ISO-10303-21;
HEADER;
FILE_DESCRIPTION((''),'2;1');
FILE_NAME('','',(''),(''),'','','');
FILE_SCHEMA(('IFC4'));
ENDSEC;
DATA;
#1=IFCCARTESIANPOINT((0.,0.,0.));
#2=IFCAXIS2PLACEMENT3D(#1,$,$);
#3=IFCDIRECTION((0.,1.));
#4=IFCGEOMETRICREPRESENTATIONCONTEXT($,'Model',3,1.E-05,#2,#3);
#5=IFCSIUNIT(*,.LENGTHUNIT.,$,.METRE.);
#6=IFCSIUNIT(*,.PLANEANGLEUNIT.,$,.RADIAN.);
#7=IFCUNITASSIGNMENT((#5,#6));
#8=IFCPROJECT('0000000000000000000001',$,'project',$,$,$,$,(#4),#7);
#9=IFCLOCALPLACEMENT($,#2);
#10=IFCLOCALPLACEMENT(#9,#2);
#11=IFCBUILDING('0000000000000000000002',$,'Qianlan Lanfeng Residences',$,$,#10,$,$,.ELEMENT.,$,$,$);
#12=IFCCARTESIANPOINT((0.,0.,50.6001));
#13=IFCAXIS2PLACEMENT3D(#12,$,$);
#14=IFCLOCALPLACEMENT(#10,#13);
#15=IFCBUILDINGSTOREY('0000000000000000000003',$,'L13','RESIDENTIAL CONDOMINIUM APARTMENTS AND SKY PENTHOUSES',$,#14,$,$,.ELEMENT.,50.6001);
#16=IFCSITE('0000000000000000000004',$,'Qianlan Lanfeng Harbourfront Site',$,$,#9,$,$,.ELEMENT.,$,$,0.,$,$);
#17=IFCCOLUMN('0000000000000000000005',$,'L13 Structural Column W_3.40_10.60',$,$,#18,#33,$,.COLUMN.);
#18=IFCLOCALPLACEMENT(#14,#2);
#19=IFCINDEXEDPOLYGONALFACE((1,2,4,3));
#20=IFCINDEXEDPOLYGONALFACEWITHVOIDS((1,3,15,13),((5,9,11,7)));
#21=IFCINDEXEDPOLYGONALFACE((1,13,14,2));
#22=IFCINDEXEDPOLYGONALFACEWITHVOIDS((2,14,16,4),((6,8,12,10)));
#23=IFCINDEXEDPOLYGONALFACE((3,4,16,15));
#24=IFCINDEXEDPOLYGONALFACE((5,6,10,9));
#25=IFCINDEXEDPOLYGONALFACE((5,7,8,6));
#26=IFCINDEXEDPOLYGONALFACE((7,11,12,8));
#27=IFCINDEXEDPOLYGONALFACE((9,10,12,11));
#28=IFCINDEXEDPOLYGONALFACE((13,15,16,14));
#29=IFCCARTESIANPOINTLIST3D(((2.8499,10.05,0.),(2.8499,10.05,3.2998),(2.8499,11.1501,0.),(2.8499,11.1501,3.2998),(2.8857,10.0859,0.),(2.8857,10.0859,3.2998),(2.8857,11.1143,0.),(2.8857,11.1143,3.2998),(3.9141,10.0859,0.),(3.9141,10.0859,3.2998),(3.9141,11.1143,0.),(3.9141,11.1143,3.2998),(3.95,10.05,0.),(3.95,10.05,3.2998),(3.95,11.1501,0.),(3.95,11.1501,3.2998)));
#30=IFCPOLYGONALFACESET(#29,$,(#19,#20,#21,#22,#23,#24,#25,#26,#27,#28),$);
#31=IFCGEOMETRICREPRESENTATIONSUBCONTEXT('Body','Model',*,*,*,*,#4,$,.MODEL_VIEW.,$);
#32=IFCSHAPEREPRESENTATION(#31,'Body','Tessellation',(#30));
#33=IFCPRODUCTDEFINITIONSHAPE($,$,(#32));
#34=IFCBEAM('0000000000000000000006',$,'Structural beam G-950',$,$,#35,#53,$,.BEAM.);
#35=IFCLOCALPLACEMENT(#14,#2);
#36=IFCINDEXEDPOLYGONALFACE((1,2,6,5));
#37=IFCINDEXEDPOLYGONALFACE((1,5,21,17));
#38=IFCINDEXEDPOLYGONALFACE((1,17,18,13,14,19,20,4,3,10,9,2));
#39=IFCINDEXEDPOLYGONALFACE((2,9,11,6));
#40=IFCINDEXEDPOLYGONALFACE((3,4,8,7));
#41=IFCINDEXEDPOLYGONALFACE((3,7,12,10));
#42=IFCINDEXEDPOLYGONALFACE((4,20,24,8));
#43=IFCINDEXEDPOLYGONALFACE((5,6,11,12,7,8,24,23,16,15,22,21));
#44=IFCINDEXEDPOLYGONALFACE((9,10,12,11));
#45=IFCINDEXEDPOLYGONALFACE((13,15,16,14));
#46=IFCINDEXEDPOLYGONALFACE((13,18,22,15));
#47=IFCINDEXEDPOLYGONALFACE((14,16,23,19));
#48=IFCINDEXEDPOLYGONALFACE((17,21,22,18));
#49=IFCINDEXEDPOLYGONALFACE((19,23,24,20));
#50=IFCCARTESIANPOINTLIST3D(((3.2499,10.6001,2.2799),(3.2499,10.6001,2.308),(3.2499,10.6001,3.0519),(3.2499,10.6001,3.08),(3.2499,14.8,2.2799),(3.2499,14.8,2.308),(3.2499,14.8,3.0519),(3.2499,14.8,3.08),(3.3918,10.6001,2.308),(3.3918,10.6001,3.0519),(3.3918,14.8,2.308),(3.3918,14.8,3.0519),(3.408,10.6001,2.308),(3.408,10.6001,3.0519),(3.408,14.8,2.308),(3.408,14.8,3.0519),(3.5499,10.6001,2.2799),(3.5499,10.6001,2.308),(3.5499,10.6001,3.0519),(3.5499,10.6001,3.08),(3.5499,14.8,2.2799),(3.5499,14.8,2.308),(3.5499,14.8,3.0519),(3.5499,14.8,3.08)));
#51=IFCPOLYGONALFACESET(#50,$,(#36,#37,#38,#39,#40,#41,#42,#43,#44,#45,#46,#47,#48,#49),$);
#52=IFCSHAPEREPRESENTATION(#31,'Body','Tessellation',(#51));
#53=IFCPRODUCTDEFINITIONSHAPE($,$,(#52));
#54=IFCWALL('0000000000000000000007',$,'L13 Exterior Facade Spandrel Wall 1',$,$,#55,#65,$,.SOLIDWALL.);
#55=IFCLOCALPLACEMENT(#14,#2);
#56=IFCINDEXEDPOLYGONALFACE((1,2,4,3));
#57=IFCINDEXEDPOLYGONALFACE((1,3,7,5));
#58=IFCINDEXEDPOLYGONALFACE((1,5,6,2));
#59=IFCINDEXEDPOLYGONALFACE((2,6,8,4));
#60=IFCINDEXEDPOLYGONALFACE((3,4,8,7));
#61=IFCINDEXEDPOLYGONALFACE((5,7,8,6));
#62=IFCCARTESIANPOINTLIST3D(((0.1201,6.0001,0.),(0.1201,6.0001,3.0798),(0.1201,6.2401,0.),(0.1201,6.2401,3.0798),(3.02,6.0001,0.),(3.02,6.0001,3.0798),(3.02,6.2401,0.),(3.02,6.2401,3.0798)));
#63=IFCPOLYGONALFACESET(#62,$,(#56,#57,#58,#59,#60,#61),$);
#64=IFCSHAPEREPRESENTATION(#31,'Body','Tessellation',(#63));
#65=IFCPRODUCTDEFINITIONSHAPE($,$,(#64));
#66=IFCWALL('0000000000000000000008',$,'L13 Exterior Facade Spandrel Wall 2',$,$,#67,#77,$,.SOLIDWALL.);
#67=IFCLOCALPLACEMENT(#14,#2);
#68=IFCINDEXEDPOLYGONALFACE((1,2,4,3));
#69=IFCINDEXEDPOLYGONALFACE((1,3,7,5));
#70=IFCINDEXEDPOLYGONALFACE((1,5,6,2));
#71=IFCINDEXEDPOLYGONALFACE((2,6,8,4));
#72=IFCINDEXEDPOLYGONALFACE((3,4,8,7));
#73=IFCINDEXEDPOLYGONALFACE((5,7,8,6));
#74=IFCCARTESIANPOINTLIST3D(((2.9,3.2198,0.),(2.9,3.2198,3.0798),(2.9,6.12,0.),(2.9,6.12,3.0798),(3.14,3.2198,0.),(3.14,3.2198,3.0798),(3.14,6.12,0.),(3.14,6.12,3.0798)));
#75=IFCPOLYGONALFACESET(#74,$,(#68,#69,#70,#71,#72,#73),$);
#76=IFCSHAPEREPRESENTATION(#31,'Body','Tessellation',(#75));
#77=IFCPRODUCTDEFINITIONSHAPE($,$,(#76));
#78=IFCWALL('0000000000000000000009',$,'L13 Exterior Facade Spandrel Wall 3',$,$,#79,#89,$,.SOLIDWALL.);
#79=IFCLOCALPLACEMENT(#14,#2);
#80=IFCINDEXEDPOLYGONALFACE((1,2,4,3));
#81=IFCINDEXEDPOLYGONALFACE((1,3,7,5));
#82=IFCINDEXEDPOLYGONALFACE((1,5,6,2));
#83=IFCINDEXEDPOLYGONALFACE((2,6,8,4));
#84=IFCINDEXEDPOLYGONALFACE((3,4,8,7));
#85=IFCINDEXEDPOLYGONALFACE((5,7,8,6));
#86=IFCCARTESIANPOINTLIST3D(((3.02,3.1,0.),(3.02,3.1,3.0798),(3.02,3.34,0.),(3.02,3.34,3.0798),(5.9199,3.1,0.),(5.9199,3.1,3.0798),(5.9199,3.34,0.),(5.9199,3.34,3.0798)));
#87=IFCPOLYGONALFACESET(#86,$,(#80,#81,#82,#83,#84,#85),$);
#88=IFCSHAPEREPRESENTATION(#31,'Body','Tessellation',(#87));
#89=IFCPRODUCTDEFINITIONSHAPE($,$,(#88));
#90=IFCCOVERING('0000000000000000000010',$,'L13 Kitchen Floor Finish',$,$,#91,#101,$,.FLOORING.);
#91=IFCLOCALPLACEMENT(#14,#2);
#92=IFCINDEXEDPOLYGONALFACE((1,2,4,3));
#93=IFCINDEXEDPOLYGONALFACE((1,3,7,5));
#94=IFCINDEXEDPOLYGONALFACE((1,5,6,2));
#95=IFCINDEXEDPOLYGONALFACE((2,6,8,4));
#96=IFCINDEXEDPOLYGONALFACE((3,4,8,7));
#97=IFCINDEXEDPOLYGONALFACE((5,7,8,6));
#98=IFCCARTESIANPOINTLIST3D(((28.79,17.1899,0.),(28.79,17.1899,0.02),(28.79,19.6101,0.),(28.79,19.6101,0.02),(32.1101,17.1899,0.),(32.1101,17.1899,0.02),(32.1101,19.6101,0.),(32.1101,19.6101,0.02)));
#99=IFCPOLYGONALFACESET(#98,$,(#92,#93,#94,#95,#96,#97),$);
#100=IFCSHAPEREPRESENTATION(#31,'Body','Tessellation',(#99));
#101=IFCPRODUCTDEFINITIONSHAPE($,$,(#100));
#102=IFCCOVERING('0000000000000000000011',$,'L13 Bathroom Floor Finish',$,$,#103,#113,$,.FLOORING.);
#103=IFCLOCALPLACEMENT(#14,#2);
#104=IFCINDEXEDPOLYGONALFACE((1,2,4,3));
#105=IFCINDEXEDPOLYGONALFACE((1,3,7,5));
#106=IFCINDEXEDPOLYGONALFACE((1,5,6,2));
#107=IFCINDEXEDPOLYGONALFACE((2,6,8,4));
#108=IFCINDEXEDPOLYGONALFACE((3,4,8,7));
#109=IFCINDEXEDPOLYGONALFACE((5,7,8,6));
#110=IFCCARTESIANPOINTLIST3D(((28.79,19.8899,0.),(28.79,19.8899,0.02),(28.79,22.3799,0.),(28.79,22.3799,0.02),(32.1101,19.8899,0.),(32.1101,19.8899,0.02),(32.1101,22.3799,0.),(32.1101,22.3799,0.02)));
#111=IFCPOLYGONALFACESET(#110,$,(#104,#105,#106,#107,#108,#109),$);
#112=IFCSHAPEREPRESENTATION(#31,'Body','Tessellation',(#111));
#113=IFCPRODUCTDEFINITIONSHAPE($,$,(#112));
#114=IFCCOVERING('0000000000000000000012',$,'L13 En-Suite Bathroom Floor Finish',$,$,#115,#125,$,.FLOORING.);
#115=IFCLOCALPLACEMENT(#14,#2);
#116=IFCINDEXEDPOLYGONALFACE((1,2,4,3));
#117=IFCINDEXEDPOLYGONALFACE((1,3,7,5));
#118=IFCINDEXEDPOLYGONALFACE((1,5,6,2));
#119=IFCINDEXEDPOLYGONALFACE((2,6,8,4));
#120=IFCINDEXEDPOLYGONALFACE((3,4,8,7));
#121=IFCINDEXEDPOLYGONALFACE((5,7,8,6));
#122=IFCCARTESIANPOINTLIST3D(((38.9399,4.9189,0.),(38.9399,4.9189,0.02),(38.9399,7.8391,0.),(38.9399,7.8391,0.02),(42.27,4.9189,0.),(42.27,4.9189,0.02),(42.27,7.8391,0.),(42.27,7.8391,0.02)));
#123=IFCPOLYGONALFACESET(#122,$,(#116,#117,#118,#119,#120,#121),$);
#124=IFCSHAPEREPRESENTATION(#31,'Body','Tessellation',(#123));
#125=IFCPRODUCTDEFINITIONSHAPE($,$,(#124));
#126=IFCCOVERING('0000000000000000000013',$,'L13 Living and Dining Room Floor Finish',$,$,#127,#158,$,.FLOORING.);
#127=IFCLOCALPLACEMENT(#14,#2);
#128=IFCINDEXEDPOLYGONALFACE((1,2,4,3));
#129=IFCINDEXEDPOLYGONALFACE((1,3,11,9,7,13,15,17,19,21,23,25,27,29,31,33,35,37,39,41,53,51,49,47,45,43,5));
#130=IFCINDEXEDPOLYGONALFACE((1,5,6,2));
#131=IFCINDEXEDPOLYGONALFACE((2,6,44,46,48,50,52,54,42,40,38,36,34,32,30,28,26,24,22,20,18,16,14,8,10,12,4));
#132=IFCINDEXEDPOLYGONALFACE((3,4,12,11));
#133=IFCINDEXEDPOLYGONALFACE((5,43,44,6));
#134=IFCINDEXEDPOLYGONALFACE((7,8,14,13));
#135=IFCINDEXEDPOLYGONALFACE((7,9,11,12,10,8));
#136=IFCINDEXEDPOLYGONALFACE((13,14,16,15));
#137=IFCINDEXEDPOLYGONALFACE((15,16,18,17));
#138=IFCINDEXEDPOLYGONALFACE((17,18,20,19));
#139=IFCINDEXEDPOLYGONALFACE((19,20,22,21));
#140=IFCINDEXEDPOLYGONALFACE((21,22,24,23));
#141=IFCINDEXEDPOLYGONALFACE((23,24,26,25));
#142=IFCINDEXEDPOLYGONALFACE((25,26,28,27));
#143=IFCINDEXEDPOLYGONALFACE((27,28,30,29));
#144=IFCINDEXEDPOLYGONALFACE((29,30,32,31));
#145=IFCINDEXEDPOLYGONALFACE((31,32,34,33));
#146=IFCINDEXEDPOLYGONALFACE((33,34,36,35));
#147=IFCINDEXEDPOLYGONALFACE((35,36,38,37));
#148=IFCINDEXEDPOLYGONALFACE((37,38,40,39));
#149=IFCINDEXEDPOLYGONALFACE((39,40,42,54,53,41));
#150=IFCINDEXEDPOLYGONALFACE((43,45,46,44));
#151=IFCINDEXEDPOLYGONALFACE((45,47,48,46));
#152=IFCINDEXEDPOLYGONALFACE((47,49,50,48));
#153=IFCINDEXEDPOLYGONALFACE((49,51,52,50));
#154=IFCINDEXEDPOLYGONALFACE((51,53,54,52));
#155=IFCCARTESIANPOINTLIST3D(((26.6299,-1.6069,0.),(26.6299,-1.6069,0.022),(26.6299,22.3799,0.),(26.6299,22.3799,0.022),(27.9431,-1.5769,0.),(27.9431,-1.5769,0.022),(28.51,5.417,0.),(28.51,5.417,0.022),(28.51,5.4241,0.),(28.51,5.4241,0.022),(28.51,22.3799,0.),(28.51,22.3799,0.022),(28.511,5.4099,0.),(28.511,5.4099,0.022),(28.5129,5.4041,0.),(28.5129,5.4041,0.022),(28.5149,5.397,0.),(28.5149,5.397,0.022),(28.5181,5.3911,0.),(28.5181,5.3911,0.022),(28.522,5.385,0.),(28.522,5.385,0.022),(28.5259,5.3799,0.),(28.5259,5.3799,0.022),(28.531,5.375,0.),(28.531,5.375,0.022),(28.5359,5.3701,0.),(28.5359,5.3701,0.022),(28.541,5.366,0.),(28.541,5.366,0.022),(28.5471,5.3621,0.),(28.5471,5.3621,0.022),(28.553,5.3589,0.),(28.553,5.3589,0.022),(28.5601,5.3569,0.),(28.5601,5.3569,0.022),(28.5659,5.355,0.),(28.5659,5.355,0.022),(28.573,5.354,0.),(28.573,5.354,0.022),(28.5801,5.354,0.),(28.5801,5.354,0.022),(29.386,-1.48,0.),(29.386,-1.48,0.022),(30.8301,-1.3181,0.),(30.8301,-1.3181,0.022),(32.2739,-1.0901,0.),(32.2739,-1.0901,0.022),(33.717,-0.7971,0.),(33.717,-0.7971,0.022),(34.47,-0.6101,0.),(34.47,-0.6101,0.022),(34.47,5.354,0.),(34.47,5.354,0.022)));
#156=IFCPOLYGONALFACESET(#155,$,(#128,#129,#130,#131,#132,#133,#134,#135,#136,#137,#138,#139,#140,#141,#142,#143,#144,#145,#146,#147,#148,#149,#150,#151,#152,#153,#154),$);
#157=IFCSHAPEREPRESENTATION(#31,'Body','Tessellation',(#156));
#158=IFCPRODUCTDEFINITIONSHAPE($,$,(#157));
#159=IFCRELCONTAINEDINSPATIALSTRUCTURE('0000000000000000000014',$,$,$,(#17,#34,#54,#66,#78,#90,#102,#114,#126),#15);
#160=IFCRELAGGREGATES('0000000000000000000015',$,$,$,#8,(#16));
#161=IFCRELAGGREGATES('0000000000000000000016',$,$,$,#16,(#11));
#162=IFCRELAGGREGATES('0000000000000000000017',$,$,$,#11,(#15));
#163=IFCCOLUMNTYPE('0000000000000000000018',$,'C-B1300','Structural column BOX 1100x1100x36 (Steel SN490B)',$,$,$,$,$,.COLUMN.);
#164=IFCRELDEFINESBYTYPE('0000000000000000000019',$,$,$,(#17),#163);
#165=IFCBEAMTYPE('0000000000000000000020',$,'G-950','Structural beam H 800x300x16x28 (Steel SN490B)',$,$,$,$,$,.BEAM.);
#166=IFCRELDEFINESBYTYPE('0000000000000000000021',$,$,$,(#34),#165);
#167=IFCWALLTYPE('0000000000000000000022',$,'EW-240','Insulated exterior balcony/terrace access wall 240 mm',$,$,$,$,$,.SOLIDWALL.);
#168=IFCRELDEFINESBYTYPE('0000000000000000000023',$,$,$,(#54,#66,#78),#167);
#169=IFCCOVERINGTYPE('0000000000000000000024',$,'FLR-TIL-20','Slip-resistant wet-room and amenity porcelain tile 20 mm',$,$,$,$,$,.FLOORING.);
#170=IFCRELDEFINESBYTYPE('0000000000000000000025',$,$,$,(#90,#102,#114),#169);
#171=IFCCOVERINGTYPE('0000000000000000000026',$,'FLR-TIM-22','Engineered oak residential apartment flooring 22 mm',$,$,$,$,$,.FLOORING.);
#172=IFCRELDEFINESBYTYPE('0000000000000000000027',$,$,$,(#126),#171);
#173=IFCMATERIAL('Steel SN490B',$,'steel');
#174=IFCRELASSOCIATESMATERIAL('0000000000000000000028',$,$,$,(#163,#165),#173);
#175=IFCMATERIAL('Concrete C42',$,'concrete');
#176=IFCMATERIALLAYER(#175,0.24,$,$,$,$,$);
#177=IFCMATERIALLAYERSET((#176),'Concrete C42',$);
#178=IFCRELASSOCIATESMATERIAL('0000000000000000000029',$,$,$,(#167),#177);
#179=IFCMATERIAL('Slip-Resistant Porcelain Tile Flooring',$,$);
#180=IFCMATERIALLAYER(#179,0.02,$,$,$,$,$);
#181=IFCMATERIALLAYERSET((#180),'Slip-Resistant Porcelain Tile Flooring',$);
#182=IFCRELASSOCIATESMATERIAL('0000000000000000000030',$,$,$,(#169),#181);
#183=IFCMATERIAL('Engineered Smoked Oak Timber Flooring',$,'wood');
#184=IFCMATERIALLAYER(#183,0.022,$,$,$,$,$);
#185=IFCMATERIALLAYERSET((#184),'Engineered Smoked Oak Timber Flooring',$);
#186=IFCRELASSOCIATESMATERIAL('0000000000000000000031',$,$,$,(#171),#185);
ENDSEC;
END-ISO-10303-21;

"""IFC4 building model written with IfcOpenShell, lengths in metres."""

from ifc_helpers import new_model, si_unit, direction, frame, frame_2d, origin, origin_2d, place, context, subcontext, project, spatial, polyline, rectangle, hollow_rectangle, i_section, outline, extrude, material, layer, layer_set, material_profile, profile_set, type_object, element, save


model = new_model("IFC4")

# Units and contexts
model_context = context("Model", 3, precision=1e-05, world=origin(), true_north=direction((0.0, 1.0)))
body_context = subcontext(model_context, "Body", "Model", "MODEL_VIEW")
ifc_project = project(units=[si_unit("LENGTHUNIT", "METRE"), si_unit("PLANEANGLEUNIT", "RADIAN")], contexts=[model_context])

# Site, building, storey
site_placement = place(None, origin())
site = spatial("IfcSite", under=ifc_project, at=site_placement, Name="Qianlan Lanfeng Harbourfront Site", CompositionType="ELEMENT", RefElevation=0.0)
building_placement = place(site_placement, origin())
building = spatial("IfcBuilding", under=site, at=building_placement, Name="Qianlan Lanfeng Residences", CompositionType="ELEMENT")
storey_placement = place(building_placement, frame((0.0, 0.0, 50.6001)))
storey = spatial("IfcBuildingStorey", under=building, at=storey_placement, Name="L13", Description="RESIDENTIAL CONDOMINIUM APARTMENTS AND SKY PENTHOUSES", CompositionType="ELEMENT", Elevation=50.6001)

# Column
ifc_material_1 = material(Name="Steel SN490B", Category="steel")
ifc_material_profile_1 = material_profile(ifc_material_1, hollow_rectangle(XDim=1.1001, YDim=1.1001, WallThickness=0.0359, at=origin_2d()), Name="BOX 1100x1100x36")
ifc_profile_set_1 = profile_set([ifc_material_profile_1], Name="Steel SN490B")
column_type = type_object("IfcColumnType", Name="C-B1300", Description="Structural column BOX 1100x1100x36 (Steel SN490B)", PredefinedType="COLUMN", material=ifc_profile_set_1)
column_placement = place(storey_placement, frame((3.3999, 10.6001, 0.0), z_axis=(0.0, 0.0, 1.0), x_axis=(1.0, 0.0, 0.0)))
element("IfcColumn", 1, at=column_placement, inside=storey, type_object=column_type, Name="L13 Structural Column W_3.40_10.60", PredefinedType="COLUMN", context=body_context, shape_type="SweptSolid", body=[
    extrude(hollow_rectangle(XDim=1.1001, YDim=1.1001, WallThickness=0.0359, at=origin_2d()), origin(), (0.0, 0.0, 1.0), 3.2998),
])

# Beam
ifc_material_profile_2 = material_profile(ifc_material_1, i_section(OverallWidth=0.3, OverallDepth=0.8, WebThickness=0.0161, FlangeThickness=0.0281, at=origin_2d()), Name="H 800x300x16x28")
ifc_profile_set_2 = profile_set([ifc_material_profile_2], Name="Steel SN490B")
beam_type = type_object("IfcBeamType", Name="G-950", Description="Structural beam H 800x300x16x28 (Steel SN490B)", PredefinedType="BEAM", material=ifc_profile_set_2)
beam_placement = place(storey_placement, frame((3.3999, 10.6001, 2.6799), z_axis=(0.0, 1.0, 0.0), x_axis=(-1.0, 0.0, 0.0)))
element("IfcBeam", 2, at=beam_placement, inside=storey, type_object=beam_type, Name="Structural beam G-950", PredefinedType="BEAM", context=body_context, shape_type="SweptSolid", body=[
    extrude(i_section(OverallWidth=0.3, OverallDepth=0.8, WebThickness=0.0161, FlangeThickness=0.0281, at=origin_2d()), origin(), (0.0, 0.0, 1.0), 4.2),
])

# Walls
ifc_material_2 = material(Name="Concrete C42", Category="concrete")
ifc_layer_1 = layer(ifc_material_2, 0.24)
ifc_layer_set_1 = layer_set([ifc_layer_1], Name="Concrete C42")
wall_type = type_object("IfcWallType", Name="EW-240", Description="Insulated exterior balcony/terrace access wall 240 mm", PredefinedType="SOLIDWALL", material=ifc_layer_set_1)
wall_1_placement = place(storey_placement, frame((0.1201, 6.1201, 0.0), z_axis=(0.0, 0.0, 1.0), x_axis=(1.0, 0.0, 0.0)))
element("IfcWall", 3, at=wall_1_placement, inside=storey, type_object=wall_type, Name="L13 Exterior Facade Spandrel Wall 1", PredefinedType="SOLIDWALL", context=body_context, shape_type="SweptSolid", body=[
    extrude(rectangle(XDim=2.8999, YDim=0.24, at=frame_2d((1.45, 0.0))), origin(), (0.0, 0.0, 1.0), 3.0798),
])
wall_2_placement = place(storey_placement, frame((3.02, 6.1201, 0.0), z_axis=(0.0, 0.0, 1.0), x_axis=(0.0, -1.0, 0.0)))
element("IfcWall", 4, at=wall_2_placement, inside=storey, type_object=wall_type, Name="L13 Exterior Facade Spandrel Wall 2", PredefinedType="SOLIDWALL", context=body_context, shape_type="SweptSolid", body=[
    extrude(rectangle(XDim=2.9001, YDim=0.24, at=frame_2d((1.4502, 0.0))), origin(), (0.0, 0.0, 1.0), 3.0798),
])
wall_3_placement = place(storey_placement, frame((3.02, 3.22, 0.0), z_axis=(0.0, 0.0, 1.0), x_axis=(1.0, 0.0, 0.0)))
element("IfcWall", 5, at=wall_3_placement, inside=storey, type_object=wall_type, Name="L13 Exterior Facade Spandrel Wall 3", PredefinedType="SOLIDWALL", context=body_context, shape_type="SweptSolid", body=[
    extrude(rectangle(XDim=2.8999, YDim=0.24, at=frame_2d((1.45, 0.0))), origin(), (0.0, 0.0, 1.0), 3.0798),
])

# Coverings
ifc_material_3 = material(Name="Slip-Resistant Porcelain Tile Flooring")
ifc_layer_2 = layer(ifc_material_3, 0.02)
ifc_layer_set_2 = layer_set([ifc_layer_2], Name="Slip-Resistant Porcelain Tile Flooring")
covering_type_1 = type_object("IfcCoveringType", Name="FLR-TIL-20", Description="Slip-resistant wet-room and amenity porcelain tile 20 mm", PredefinedType="FLOORING", material=ifc_layer_set_2)
covering_1_placement = place(storey_placement, origin())
element("IfcCovering", 6, at=covering_1_placement, inside=storey, type_object=covering_type_1, Name="L13 Kitchen Floor Finish", PredefinedType="FLOORING", context=body_context, shape_type="SweptSolid", body=[
    extrude(outline(polyline([(28.79, 17.1899), (32.1101, 17.1899), (32.1101, 19.6101), (28.79, 19.6101), (28.79, 17.1899)])), origin(), (0.0, 0.0, 1.0), 0.02),
])
covering_2_placement = place(storey_placement, origin())
element("IfcCovering", 7, at=covering_2_placement, inside=storey, type_object=covering_type_1, Name="L13 Bathroom Floor Finish", PredefinedType="FLOORING", context=body_context, shape_type="SweptSolid", body=[
    extrude(outline(polyline([(28.79, 19.8899), (32.1101, 19.8899), (32.1101, 22.3799), (28.79, 22.3799), (28.79, 19.8899)])), origin(), (0.0, 0.0, 1.0), 0.02),
])
covering_3_placement = place(storey_placement, origin())
element("IfcCovering", 8, at=covering_3_placement, inside=storey, type_object=covering_type_1, Name="L13 En-Suite Bathroom Floor Finish", PredefinedType="FLOORING", context=body_context, shape_type="SweptSolid", body=[
    extrude(outline(polyline([(38.9399, 4.9189), (42.27, 4.9189), (42.27, 7.8391), (38.9399, 7.8391), (38.9399, 4.9189)])), origin(), (0.0, 0.0, 1.0), 0.02),
])
ifc_material_4 = material(Name="Engineered Smoked Oak Timber Flooring", Category="wood")
ifc_layer_3 = layer(ifc_material_4, 0.022)
ifc_layer_set_3 = layer_set([ifc_layer_3], Name="Engineered Smoked Oak Timber Flooring")
covering_type_2 = type_object("IfcCoveringType", Name="FLR-TIM-22", Description="Engineered oak residential apartment flooring 22 mm", PredefinedType="FLOORING", material=ifc_layer_set_3)
covering_4_placement = place(storey_placement, origin())
element("IfcCovering", 9, at=covering_4_placement, inside=storey, type_object=covering_type_2, Name="L13 Living and Dining Room Floor Finish", PredefinedType="FLOORING", context=body_context, shape_type="SweptSolid", body=[
    extrude(outline(polyline([(34.47, -0.6101), (34.47, 5.354), (28.5801, 5.354), (28.573, 5.354), (28.5659, 5.355), (28.5601, 5.3569), (28.553, 5.3589), (28.5471, 5.3621), (28.541, 5.366), (28.5359, 5.3701), (28.531, 5.375), (28.5259, 5.3799), (28.522, 5.385), (28.5181, 5.3911), (28.5149, 5.397), (28.5129, 5.4041), (28.511, 5.4099), (28.51, 5.417), (28.51, 5.4241), (28.51, 22.3799), (26.6299, 22.3799), (26.6299, -1.6069), (27.9431, -1.5769), (29.386, -1.48), (30.8301, -1.3181), (32.2739, -1.0901), (33.717, -0.7971), (34.47, -0.6101)])), origin(), (0.0, 0.0, 1.0), 0.022),
])

save(model, "model.ifc")
